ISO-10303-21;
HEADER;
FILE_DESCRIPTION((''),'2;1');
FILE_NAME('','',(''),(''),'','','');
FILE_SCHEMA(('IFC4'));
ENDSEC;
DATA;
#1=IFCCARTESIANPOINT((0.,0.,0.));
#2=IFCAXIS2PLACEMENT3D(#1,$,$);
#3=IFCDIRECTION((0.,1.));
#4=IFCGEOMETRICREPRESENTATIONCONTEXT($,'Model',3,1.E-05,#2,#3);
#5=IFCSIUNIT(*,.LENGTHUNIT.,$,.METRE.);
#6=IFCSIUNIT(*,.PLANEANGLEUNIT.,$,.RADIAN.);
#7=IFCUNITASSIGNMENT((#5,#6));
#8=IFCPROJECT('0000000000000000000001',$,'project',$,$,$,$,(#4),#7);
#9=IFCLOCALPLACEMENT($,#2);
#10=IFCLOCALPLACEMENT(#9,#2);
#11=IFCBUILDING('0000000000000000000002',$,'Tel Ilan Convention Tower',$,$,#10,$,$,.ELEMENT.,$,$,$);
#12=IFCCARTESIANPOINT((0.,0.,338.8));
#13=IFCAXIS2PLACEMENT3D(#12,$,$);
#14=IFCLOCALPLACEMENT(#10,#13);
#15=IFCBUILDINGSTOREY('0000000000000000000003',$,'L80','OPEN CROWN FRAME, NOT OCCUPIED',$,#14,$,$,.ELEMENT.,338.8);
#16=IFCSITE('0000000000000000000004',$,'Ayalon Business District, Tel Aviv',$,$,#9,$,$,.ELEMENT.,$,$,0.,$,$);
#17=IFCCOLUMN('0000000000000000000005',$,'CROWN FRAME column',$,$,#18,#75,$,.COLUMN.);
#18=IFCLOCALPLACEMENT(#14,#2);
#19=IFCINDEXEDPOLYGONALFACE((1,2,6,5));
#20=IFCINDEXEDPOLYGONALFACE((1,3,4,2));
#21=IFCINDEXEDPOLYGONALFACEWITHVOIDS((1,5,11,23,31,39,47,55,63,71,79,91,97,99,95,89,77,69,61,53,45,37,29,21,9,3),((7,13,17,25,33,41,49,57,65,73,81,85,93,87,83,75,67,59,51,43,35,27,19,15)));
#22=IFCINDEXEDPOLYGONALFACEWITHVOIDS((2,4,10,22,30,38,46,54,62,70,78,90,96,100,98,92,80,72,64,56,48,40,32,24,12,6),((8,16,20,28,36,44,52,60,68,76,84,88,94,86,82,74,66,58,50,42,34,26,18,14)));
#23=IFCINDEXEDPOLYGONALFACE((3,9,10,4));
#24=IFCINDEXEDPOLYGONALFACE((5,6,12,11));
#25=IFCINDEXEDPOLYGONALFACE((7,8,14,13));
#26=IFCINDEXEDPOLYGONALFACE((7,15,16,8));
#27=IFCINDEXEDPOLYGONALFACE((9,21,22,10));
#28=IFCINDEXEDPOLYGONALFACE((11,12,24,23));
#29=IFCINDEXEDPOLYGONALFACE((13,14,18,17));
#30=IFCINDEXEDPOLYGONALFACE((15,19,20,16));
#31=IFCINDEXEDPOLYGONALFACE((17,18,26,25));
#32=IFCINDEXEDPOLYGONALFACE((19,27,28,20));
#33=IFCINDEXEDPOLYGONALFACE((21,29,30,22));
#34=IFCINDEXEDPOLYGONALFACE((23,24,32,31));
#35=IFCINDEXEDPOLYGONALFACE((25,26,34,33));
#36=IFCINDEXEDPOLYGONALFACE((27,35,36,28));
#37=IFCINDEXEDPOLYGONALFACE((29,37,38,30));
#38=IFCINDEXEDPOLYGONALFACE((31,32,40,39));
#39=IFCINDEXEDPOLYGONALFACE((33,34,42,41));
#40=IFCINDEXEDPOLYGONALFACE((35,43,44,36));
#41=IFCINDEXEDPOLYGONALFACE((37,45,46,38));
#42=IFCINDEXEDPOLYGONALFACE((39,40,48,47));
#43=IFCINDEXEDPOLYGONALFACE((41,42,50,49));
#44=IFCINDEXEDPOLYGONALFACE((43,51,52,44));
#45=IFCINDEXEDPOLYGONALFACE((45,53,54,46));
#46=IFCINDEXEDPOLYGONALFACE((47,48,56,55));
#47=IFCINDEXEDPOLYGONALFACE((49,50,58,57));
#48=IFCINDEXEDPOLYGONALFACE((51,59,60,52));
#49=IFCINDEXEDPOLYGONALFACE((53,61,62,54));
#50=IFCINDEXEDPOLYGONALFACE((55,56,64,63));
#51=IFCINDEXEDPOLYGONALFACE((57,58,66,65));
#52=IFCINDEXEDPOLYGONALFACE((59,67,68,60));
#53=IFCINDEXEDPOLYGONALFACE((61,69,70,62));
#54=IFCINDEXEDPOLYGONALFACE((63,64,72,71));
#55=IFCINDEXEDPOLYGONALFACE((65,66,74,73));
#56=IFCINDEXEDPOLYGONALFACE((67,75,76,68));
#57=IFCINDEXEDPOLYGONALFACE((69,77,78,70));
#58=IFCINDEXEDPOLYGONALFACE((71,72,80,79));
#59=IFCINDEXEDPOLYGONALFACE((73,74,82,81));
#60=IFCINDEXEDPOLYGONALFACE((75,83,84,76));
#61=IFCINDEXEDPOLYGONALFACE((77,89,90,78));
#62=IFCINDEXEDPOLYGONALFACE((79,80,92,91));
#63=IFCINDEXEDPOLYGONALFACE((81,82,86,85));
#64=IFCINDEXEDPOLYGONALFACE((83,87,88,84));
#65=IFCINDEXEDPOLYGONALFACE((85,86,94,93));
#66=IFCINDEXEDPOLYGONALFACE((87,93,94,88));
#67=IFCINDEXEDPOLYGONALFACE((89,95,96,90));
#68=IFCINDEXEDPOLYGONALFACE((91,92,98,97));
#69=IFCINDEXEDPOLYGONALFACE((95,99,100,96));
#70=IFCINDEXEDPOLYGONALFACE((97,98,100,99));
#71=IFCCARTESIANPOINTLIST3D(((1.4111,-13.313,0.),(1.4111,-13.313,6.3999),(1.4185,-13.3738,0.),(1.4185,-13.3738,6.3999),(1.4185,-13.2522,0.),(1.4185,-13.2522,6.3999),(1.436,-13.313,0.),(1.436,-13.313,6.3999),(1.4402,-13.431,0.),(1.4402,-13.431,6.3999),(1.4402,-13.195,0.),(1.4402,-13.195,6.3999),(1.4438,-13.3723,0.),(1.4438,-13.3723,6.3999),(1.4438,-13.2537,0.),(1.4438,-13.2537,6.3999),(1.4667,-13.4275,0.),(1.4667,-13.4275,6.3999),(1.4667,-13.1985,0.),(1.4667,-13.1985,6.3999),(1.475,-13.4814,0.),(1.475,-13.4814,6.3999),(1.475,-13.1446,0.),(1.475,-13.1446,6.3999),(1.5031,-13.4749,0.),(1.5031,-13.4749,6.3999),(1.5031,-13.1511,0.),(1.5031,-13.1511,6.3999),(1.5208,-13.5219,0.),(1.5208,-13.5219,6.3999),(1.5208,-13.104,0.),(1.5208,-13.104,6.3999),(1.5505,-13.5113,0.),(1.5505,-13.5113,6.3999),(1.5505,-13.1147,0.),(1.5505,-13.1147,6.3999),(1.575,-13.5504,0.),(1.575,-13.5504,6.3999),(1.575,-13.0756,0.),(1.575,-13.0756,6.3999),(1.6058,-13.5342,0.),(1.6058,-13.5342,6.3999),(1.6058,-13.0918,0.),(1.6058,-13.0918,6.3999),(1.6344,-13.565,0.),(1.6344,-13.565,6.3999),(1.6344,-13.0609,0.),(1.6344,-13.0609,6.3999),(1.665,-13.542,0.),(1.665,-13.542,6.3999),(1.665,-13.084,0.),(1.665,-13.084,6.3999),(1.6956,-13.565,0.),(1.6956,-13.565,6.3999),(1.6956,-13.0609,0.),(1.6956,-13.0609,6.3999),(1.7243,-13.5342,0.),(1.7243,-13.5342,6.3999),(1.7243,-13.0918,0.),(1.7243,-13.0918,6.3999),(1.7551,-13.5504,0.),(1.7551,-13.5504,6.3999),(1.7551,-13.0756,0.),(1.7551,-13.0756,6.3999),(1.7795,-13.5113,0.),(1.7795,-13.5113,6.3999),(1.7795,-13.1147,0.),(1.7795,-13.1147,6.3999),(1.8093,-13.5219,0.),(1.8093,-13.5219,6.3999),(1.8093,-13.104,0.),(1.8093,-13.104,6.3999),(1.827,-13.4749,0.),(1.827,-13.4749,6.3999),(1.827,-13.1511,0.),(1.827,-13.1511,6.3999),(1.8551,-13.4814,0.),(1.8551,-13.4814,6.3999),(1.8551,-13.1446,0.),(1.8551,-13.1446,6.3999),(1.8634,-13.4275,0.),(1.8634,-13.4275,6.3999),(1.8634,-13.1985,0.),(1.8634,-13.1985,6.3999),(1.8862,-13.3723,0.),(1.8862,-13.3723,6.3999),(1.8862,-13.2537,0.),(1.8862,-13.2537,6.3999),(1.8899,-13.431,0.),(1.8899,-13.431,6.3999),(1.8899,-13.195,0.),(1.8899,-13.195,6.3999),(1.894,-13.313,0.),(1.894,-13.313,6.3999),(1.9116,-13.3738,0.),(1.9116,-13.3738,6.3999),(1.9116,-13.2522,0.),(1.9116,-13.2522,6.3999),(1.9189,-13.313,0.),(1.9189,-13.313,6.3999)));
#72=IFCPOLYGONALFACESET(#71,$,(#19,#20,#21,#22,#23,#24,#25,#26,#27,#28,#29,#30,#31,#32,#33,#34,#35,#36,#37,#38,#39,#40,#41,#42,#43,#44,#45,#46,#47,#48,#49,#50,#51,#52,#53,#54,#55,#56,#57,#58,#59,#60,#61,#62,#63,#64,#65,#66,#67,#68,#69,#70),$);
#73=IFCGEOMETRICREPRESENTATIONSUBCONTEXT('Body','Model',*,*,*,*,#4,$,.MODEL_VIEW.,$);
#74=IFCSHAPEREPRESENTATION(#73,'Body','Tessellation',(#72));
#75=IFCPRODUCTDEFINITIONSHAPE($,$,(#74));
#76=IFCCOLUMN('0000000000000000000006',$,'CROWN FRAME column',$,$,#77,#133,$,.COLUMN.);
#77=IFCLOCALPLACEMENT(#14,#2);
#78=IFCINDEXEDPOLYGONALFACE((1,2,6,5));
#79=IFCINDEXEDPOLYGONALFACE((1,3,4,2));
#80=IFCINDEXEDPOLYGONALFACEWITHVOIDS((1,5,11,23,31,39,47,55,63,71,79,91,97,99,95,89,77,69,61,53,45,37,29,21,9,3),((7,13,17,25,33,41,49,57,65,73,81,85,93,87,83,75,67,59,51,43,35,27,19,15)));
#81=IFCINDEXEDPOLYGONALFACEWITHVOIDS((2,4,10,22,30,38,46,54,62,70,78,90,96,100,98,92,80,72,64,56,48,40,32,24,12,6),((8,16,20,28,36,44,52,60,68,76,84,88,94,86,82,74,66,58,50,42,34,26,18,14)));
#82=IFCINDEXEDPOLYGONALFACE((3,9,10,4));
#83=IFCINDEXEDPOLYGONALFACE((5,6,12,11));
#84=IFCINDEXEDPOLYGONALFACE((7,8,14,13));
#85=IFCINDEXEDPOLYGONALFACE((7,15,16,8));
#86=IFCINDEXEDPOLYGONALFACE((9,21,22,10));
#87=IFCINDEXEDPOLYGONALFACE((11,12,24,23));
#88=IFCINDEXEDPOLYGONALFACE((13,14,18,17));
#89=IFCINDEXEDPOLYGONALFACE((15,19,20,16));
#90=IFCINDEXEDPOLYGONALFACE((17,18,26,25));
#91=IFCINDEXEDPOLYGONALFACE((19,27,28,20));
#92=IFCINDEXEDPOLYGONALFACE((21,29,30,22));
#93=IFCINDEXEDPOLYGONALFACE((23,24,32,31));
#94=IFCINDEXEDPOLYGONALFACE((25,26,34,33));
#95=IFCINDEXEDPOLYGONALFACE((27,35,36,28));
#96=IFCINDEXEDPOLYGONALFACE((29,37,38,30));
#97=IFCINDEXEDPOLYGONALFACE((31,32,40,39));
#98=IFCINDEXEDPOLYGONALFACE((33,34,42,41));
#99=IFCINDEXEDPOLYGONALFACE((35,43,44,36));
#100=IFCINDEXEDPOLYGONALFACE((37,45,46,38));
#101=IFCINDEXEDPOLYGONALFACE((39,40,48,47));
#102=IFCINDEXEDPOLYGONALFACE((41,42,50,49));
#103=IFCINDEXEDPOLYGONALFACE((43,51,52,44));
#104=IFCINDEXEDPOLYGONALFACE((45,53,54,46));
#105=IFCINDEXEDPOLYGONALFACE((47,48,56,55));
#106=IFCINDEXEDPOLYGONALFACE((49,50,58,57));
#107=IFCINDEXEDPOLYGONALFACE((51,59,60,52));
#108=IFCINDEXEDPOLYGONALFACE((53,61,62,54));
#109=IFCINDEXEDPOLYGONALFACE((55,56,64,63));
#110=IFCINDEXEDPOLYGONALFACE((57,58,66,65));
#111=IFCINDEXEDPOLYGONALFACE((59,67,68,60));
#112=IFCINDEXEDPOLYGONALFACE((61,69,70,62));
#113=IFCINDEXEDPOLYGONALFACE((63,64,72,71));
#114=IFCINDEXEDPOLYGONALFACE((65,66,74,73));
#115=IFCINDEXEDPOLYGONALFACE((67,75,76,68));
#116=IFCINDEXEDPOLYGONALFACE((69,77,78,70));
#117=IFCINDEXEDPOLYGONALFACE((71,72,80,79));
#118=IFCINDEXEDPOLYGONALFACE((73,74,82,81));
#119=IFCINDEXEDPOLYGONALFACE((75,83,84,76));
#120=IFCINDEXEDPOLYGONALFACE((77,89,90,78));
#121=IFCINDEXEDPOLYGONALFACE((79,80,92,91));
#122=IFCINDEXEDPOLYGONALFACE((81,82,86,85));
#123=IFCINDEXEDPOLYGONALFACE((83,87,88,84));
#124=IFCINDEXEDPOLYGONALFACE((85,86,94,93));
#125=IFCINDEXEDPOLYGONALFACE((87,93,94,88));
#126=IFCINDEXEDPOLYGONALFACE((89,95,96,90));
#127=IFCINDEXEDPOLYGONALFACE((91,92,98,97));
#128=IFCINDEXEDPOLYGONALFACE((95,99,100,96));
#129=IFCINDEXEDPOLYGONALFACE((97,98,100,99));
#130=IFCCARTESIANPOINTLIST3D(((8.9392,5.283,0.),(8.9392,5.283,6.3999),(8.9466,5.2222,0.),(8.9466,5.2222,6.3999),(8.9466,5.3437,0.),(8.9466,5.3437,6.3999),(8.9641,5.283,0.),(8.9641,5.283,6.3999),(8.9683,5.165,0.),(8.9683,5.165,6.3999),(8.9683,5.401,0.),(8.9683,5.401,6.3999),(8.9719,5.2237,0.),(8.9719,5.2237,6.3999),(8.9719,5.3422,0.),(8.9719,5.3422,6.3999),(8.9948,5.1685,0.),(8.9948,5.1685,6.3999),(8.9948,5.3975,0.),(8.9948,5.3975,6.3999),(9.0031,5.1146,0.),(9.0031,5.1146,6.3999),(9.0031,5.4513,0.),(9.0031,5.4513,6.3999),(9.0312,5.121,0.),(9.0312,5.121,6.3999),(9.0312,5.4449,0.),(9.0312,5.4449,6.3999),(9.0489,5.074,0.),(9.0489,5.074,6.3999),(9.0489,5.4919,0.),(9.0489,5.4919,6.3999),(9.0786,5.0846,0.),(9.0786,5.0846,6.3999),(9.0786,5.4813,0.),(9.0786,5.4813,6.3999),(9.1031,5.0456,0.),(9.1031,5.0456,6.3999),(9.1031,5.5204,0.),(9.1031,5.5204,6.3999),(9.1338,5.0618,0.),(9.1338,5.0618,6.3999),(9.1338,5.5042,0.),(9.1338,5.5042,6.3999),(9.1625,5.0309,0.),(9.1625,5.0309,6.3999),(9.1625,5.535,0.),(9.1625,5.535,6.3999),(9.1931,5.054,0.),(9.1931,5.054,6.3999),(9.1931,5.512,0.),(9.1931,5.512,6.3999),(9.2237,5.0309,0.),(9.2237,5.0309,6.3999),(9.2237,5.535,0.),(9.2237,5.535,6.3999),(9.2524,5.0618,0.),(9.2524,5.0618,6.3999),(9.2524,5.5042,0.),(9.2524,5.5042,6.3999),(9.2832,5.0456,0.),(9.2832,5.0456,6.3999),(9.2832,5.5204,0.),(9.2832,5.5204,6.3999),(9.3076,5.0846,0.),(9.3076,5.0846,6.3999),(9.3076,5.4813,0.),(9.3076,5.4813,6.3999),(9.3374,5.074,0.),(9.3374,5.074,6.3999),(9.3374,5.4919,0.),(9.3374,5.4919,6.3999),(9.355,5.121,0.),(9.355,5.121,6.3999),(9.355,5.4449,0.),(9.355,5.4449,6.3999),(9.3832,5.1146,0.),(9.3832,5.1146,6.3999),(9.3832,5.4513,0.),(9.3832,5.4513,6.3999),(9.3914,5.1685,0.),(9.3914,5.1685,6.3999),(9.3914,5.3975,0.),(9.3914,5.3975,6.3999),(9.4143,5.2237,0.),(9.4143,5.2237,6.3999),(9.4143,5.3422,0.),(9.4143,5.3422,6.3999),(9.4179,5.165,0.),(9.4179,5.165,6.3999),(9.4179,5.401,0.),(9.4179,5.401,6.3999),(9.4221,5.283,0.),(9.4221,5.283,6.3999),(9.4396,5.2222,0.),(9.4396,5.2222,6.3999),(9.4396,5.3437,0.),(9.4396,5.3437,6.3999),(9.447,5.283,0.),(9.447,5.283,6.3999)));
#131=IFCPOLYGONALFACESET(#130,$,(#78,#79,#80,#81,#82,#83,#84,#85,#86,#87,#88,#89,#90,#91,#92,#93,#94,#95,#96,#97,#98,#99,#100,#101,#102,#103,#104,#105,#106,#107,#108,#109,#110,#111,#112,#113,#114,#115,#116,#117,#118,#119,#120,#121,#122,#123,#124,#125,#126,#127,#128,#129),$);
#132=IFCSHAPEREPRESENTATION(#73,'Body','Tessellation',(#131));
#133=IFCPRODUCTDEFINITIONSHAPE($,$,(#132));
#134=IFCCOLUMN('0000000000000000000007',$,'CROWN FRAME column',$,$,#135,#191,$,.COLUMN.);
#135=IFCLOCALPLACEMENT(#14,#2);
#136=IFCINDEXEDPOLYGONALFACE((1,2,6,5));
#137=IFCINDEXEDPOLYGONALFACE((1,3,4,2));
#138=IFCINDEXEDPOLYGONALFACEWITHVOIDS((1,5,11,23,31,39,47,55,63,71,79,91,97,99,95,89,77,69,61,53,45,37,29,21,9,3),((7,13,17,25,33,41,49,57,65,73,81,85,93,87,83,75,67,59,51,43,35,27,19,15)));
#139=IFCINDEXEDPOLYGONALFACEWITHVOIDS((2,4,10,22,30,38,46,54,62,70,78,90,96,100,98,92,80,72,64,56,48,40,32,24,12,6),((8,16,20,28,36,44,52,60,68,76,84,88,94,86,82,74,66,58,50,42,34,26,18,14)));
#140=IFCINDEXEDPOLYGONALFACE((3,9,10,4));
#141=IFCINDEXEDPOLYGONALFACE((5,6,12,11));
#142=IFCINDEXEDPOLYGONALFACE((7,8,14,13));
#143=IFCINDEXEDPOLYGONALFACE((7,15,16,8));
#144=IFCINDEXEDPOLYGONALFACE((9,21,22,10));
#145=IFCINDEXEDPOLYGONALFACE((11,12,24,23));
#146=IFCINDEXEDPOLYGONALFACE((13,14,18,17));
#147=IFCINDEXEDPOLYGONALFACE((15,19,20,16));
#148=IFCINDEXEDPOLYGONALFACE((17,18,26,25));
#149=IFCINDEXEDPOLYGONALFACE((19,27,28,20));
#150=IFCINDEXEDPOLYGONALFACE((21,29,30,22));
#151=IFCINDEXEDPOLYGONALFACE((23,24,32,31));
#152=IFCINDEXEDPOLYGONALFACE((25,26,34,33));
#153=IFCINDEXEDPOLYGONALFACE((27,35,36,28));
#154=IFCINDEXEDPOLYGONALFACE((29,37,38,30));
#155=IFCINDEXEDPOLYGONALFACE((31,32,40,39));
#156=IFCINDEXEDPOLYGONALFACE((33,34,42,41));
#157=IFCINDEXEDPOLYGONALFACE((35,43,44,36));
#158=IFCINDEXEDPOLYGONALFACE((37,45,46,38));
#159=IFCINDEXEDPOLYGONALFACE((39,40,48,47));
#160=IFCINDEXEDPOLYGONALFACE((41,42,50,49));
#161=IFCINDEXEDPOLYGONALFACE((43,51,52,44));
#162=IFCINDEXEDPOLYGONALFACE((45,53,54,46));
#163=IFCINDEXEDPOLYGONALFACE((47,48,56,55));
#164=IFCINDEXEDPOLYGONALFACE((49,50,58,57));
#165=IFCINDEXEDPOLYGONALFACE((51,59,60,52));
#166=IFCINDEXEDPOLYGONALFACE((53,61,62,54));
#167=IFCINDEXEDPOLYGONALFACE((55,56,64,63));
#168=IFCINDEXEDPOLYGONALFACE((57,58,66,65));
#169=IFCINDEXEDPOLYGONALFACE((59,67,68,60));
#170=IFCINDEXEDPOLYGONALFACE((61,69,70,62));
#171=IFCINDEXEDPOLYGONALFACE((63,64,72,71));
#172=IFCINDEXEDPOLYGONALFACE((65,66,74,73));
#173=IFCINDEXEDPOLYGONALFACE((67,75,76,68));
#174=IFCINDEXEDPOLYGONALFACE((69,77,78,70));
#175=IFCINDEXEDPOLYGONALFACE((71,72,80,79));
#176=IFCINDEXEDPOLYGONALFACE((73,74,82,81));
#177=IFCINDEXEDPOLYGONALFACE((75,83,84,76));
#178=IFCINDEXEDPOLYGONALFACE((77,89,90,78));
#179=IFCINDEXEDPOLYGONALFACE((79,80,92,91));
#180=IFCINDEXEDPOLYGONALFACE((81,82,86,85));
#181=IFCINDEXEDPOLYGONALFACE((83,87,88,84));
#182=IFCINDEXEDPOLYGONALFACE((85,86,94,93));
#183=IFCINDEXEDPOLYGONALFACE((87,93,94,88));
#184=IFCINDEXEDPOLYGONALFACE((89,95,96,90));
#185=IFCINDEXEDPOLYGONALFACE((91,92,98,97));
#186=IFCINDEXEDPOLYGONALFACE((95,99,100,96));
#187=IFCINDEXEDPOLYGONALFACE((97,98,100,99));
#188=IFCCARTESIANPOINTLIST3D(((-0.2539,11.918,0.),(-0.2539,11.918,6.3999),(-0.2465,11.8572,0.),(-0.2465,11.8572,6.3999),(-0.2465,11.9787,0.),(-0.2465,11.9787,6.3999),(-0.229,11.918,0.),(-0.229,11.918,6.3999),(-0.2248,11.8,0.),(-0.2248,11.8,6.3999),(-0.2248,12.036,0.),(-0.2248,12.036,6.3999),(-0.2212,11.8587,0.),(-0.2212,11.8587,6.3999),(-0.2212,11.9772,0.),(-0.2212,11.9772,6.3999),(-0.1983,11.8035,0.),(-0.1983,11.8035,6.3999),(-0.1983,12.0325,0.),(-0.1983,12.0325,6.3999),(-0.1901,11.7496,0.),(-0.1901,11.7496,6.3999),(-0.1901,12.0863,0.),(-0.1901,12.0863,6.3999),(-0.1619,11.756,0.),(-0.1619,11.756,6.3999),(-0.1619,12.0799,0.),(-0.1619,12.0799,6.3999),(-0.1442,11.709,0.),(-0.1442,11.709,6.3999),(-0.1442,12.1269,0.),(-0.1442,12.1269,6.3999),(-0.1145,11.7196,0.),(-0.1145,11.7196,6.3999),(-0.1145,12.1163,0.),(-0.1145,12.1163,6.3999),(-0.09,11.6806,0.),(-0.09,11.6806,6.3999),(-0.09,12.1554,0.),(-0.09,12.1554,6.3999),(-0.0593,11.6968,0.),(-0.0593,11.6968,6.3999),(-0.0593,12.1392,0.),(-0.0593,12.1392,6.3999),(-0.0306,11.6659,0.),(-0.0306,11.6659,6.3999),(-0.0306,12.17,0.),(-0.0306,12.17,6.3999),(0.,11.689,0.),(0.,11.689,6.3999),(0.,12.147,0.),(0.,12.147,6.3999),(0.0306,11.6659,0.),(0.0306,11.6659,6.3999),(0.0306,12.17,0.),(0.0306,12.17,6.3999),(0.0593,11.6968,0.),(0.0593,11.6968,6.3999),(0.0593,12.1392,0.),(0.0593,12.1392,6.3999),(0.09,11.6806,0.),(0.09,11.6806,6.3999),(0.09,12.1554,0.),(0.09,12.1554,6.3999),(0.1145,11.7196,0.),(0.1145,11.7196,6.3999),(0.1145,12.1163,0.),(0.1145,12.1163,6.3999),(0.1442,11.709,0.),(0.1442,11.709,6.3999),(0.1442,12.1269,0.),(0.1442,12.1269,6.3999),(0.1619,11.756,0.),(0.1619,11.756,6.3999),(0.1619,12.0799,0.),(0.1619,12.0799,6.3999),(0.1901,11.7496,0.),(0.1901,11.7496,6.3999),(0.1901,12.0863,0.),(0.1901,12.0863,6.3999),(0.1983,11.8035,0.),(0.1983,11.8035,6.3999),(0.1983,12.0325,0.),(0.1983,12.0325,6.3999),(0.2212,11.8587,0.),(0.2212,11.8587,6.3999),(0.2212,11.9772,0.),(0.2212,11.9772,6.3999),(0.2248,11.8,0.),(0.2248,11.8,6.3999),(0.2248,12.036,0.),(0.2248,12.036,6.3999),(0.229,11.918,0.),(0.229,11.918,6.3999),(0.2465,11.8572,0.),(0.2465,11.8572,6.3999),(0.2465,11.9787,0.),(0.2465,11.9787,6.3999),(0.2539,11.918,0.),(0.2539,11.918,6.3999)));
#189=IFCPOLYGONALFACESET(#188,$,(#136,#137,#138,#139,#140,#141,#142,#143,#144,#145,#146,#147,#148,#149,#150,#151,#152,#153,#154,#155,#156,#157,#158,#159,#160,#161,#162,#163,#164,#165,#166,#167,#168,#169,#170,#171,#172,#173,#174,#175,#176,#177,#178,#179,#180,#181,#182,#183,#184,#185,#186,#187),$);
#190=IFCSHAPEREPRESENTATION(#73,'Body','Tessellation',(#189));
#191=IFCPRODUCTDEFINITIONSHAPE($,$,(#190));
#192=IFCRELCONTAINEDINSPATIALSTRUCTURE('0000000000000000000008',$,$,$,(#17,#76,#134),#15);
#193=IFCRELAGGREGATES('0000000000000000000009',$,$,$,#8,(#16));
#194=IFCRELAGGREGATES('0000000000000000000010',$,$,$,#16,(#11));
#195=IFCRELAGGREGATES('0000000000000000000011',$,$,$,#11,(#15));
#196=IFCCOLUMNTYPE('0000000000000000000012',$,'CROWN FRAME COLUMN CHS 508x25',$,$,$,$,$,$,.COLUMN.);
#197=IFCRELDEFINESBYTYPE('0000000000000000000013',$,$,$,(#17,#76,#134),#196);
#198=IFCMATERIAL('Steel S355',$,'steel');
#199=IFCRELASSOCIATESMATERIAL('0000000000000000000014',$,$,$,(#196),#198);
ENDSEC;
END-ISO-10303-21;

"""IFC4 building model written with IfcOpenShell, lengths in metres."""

from ifc_helpers import new_model, si_unit, direction, frame, origin, origin_2d, place, context, subcontext, project, spatial, hollow_circle, extrude, material, material_profile, profile_set, type_object, element, save


model = new_model("IFC4")

# Units and contexts
model_context = context("Model", 3, precision=1e-05, world=origin(), true_north=direction((0.0, 1.0)))
body_context = subcontext(model_context, "Body", "Model", "MODEL_VIEW")
ifc_project = project(units=[si_unit("LENGTHUNIT", "METRE"), si_unit("PLANEANGLEUNIT", "RADIAN")], contexts=[model_context])

# Site, building, storey
site_placement = place(None, origin())
site = spatial("IfcSite", under=ifc_project, at=site_placement, Name="Ayalon Business District, Tel Aviv", CompositionType="ELEMENT", RefElevation=0.0)
building_placement = place(site_placement, origin())
building = spatial("IfcBuilding", under=site, at=building_placement, Name="Tel Ilan Convention Tower", CompositionType="ELEMENT")
storey_placement = place(building_placement, frame((0.0, 0.0, 338.8)))
storey = spatial("IfcBuildingStorey", under=building, at=storey_placement, Name="L80", Description="OPEN CROWN FRAME, NOT OCCUPIED", CompositionType="ELEMENT", Elevation=338.8)

# Columns
ifc_material_1 = material(Name="Steel S355", Category="steel")
ifc_material_profile_1 = material_profile(ifc_material_1, hollow_circle(Radius=0.2539, WallThickness=0.0249, at=origin_2d()), Name="CHS 508x25")
ifc_profile_set_1 = profile_set([ifc_material_profile_1], Name="Steel S355")
column_type_1 = type_object("IfcColumnType", Name="CROWN FRAME COLUMN CHS 508x25", PredefinedType="COLUMN", material=ifc_profile_set_1)
for number, where, z_axis, x_axis, name in (
    (1, (1.665, -13.313, 0.0), (0.0, 0.0, 1.0), (1.0, 0.0, 0.0), "CROWN FRAME column"),
    (2, (9.1931, 5.283, 0.0), (0.0, 0.0, 1.0), (1.0, 0.0, 0.0), "CROWN FRAME column"),
    (3, (0.0, 11.918, 0.0), (0.0, 0.0, 1.0), (1.0, 0.0, 0.0), "CROWN FRAME column"),
):
    element("IfcColumn", number, at=place(storey_placement, frame(where, z_axis=z_axis, x_axis=x_axis)), inside=storey, type_object=column_type_1, Name=name, PredefinedType="COLUMN", context=body_context, shape_type="SweptSolid", body=[
        extrude(hollow_circle(Radius=0.2539, WallThickness=0.0249, at=origin_2d()), origin(), (0.0, 0.0, 1.0), 6.3999),
    ])

save(model, "model.ifc")
